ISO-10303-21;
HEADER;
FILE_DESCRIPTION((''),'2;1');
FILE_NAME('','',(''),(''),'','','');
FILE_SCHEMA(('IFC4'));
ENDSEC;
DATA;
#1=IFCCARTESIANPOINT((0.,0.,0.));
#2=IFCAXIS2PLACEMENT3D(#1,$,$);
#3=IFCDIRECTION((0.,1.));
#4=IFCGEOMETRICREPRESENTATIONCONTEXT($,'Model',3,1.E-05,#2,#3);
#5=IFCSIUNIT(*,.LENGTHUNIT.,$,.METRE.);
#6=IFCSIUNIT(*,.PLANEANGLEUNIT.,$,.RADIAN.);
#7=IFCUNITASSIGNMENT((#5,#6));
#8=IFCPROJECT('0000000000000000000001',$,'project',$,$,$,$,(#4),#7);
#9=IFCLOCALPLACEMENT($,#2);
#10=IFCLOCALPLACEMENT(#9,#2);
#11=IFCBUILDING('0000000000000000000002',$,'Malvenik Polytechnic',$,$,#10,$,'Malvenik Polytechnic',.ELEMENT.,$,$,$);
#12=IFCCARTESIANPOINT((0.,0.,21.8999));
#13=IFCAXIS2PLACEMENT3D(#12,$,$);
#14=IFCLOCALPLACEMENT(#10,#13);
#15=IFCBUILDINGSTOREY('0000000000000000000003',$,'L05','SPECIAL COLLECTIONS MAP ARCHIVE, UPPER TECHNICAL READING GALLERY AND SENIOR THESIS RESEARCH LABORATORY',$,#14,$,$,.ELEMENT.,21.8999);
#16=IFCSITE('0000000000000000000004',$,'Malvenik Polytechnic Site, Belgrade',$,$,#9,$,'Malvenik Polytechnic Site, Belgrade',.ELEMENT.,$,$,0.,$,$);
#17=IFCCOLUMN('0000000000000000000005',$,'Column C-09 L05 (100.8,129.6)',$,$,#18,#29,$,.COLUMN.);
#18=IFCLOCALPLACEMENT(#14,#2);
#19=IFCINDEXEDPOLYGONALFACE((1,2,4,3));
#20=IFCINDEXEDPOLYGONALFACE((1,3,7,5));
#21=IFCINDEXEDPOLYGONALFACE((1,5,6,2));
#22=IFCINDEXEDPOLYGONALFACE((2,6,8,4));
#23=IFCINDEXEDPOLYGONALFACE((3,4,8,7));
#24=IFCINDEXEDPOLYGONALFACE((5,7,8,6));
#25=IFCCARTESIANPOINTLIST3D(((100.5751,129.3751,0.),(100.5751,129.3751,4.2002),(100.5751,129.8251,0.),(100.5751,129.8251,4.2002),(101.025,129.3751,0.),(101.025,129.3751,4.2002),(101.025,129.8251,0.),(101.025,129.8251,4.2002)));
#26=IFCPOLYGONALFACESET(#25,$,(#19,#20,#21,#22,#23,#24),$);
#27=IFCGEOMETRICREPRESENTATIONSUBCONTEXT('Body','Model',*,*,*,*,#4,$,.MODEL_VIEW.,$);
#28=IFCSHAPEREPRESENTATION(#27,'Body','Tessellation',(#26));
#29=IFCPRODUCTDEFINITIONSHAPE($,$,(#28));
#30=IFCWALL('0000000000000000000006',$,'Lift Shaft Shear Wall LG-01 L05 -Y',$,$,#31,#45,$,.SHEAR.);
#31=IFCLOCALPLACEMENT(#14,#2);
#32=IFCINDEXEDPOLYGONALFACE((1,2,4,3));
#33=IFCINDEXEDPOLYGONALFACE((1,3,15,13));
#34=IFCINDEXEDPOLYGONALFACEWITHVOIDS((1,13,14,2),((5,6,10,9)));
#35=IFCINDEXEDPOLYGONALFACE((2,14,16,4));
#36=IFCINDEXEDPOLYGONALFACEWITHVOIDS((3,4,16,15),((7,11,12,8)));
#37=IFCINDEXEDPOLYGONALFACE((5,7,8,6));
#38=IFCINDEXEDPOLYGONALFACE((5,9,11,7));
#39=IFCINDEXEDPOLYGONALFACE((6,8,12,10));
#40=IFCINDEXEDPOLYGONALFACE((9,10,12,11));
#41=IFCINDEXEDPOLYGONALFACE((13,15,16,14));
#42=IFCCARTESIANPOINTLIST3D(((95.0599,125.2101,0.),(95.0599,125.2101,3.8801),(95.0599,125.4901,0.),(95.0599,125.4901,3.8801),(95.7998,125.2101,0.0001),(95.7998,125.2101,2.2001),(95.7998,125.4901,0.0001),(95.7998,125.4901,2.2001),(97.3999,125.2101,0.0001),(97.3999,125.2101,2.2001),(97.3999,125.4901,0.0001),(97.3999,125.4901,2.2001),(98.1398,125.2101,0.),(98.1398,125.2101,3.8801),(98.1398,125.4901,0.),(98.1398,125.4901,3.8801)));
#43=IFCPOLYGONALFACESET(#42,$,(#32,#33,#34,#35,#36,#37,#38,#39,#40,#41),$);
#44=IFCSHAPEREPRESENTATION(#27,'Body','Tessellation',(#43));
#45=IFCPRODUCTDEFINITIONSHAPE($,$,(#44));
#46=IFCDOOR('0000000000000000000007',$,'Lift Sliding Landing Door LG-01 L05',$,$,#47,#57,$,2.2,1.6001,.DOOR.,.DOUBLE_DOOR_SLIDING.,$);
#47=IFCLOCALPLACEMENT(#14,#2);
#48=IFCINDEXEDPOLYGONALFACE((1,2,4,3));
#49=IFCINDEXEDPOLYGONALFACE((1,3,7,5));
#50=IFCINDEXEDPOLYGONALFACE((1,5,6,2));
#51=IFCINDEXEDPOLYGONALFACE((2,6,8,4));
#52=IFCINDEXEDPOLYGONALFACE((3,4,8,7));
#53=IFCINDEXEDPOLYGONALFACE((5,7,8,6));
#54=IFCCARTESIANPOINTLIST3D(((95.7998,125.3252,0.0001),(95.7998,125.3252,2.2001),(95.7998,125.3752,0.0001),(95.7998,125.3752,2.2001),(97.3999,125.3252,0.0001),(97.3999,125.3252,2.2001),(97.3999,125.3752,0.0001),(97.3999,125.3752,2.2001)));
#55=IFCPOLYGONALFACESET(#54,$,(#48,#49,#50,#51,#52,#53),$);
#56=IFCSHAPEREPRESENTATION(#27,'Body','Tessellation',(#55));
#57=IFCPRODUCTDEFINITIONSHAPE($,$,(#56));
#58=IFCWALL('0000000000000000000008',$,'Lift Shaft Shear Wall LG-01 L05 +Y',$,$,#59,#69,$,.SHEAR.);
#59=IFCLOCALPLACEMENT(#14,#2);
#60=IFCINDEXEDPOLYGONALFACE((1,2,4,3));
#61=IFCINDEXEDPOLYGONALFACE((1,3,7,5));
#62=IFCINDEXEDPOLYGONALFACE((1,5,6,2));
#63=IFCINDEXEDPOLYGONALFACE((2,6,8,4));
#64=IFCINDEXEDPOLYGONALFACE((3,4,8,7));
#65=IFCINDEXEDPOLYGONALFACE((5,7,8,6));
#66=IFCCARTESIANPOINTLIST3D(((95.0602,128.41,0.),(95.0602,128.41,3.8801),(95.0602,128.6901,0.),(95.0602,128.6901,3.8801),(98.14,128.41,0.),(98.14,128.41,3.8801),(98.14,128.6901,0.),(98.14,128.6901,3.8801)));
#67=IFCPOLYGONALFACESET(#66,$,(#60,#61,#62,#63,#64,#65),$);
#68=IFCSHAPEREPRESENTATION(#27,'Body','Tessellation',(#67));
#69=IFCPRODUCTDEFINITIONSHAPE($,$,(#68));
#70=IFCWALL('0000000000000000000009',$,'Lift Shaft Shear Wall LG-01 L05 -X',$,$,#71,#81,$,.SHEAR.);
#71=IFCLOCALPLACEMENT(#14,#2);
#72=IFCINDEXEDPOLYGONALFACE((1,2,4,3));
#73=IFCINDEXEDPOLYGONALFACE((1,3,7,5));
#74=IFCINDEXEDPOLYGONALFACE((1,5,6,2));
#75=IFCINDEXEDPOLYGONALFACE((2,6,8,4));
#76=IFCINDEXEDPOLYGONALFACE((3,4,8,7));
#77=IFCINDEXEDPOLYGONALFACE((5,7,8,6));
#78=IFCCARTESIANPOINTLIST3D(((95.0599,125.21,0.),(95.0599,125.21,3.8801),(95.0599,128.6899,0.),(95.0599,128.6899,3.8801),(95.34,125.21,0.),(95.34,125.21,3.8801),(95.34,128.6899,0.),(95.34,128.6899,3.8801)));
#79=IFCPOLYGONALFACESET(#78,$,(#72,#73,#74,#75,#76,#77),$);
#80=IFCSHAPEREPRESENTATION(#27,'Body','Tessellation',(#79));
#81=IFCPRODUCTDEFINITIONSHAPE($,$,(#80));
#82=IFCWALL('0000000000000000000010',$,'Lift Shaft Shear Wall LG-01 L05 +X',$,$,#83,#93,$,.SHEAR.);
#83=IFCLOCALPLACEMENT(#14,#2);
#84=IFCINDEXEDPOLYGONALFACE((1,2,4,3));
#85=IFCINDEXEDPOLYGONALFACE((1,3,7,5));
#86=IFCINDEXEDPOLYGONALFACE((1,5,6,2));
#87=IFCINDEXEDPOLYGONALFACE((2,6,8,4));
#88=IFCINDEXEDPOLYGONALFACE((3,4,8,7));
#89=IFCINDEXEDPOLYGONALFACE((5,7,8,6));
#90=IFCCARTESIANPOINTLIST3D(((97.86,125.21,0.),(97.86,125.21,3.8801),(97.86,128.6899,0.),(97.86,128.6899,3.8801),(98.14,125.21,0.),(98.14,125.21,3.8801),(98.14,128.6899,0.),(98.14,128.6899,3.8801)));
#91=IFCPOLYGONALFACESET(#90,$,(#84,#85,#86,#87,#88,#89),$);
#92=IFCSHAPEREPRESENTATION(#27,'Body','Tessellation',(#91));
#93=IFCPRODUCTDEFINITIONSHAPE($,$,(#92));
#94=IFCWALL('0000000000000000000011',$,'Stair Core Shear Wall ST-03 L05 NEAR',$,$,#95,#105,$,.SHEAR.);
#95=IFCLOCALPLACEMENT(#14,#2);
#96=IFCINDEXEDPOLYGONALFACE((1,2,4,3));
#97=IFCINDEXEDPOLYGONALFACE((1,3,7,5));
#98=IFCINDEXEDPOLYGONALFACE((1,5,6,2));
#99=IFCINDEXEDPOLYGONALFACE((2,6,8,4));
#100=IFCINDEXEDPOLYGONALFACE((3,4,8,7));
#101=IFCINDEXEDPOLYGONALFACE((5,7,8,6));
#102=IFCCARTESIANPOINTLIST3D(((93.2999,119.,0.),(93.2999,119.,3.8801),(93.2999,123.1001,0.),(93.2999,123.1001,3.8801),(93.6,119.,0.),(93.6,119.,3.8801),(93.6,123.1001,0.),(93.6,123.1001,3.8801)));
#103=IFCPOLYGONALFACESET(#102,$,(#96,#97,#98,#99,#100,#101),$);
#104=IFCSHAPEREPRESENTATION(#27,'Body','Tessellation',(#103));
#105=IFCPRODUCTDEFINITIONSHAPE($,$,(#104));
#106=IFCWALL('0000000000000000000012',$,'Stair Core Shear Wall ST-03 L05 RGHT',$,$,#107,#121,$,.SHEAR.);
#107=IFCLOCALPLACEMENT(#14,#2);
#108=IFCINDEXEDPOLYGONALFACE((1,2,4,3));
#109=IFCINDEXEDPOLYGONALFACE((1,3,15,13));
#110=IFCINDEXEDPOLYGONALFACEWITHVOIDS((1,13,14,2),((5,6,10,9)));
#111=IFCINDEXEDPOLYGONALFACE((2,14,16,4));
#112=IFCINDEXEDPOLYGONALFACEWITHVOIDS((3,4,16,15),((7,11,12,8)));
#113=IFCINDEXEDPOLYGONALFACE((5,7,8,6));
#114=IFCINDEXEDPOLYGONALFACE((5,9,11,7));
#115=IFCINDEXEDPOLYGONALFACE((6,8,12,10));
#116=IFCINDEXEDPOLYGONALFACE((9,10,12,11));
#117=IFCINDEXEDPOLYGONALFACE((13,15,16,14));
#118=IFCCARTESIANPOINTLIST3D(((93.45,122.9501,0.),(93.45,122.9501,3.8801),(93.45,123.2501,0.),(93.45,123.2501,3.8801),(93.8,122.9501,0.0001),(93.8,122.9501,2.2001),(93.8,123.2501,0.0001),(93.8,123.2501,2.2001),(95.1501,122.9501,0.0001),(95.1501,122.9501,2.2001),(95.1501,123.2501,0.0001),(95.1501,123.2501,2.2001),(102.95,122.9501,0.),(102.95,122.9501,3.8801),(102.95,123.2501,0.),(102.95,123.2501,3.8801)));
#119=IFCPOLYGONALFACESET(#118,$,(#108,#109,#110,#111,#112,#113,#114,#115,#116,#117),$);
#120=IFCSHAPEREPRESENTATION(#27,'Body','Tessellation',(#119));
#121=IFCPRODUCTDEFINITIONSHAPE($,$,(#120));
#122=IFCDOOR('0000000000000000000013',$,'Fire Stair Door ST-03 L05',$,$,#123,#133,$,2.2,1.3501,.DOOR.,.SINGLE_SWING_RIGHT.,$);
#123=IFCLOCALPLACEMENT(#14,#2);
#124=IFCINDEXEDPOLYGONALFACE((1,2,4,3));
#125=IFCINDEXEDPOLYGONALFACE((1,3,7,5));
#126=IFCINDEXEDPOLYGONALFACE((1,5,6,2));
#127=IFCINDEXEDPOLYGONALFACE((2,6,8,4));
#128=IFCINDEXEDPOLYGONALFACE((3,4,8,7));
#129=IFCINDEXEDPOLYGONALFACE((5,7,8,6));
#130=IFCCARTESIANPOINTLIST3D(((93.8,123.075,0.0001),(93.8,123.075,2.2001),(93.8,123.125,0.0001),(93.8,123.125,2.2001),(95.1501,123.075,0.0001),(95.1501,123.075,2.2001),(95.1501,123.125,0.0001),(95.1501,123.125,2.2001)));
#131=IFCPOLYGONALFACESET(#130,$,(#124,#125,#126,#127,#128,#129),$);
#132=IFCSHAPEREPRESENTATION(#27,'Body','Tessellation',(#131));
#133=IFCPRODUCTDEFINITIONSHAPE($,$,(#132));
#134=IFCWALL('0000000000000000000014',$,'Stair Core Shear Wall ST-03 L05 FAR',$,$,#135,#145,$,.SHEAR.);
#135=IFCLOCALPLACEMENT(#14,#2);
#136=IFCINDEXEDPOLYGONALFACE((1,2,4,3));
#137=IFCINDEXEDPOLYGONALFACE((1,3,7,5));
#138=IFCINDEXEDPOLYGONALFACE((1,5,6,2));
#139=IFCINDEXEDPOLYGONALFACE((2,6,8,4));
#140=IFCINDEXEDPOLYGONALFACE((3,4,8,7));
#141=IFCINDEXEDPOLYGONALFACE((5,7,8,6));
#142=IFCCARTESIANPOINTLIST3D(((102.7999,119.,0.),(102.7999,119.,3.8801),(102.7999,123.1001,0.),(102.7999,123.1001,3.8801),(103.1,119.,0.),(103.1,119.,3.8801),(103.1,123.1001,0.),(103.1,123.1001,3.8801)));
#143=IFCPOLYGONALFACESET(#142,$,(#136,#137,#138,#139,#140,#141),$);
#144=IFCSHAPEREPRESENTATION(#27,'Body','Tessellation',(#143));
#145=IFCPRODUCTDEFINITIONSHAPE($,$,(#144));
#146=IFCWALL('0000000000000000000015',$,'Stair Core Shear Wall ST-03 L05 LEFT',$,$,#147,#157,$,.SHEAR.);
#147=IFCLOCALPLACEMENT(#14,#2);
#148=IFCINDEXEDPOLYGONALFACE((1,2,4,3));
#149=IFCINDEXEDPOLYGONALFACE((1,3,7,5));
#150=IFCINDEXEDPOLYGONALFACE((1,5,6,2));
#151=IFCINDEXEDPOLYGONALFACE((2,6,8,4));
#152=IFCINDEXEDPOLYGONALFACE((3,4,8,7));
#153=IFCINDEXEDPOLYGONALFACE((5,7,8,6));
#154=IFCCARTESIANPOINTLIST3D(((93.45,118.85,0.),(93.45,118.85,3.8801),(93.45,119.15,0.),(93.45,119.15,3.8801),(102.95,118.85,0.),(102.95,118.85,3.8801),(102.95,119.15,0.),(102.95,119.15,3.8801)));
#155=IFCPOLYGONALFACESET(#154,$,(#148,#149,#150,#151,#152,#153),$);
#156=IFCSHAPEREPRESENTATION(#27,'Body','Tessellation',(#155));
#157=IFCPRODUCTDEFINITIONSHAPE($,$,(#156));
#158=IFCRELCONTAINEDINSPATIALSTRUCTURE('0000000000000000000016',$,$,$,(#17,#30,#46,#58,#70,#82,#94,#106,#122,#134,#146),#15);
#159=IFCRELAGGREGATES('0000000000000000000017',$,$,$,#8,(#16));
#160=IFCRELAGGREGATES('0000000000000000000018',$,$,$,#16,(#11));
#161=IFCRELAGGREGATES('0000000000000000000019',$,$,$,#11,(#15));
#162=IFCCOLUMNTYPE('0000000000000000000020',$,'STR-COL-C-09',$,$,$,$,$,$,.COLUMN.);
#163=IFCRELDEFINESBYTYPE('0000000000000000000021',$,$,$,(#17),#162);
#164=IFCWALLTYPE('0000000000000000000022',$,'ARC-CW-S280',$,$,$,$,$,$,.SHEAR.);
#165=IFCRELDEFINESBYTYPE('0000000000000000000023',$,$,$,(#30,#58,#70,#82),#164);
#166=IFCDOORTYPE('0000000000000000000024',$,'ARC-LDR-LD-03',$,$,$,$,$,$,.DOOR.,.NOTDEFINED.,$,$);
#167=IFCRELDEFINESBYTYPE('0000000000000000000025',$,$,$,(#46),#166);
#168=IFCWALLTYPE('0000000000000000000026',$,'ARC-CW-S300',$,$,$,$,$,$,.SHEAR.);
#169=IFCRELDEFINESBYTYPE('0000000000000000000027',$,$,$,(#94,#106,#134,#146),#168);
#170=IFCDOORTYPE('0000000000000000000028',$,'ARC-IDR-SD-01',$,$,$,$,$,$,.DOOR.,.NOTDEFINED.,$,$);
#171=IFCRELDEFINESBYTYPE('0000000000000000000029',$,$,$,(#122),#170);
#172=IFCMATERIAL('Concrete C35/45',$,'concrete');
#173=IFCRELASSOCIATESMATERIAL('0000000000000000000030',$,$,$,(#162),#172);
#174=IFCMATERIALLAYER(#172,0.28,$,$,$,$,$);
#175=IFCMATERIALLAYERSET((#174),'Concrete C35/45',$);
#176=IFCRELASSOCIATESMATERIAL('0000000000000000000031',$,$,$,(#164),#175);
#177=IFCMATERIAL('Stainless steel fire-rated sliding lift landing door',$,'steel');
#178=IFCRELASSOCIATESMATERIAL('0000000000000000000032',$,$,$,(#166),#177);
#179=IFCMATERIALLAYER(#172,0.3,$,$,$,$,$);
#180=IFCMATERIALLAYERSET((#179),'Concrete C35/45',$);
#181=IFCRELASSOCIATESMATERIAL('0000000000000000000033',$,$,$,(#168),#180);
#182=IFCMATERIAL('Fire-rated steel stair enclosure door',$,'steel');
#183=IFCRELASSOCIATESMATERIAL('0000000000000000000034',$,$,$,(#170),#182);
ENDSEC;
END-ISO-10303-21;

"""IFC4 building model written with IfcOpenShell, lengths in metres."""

from ifc_helpers import new_model, si_unit, direction, frame, frame_2d, origin, origin_2d, place, context, subcontext, project, spatial, rectangle, extrude, material, layer, layer_set, material_profile, profile_set, type_object, element, fill, save


model = new_model("IFC4")

# Units and contexts
model_context = context("Model", 3, precision=1e-05, world=origin(), true_north=direction((0.0, 1.0)))
body_context = subcontext(model_context, "Body", "Model", "MODEL_VIEW")
ifc_project = project(units=[si_unit("LENGTHUNIT", "METRE"), si_unit("PLANEANGLEUNIT", "RADIAN")], contexts=[model_context])

# Site, building, storey
site_placement = place(None, origin())
site = spatial("IfcSite", under=ifc_project, at=site_placement, Name="Malvenik Polytechnic Site, Belgrade", LongName="Malvenik Polytechnic Site, Belgrade", CompositionType="ELEMENT", RefElevation=0.0)
building_placement = place(site_placement, origin())
building = spatial("IfcBuilding", under=site, at=building_placement, Name="Malvenik Polytechnic", LongName="Malvenik Polytechnic", CompositionType="ELEMENT")
storey_placement = place(building_placement, frame((0.0, 0.0, 21.8999)))
storey = spatial("IfcBuildingStorey", under=building, at=storey_placement, Name="L05", Description="SPECIAL COLLECTIONS MAP ARCHIVE, UPPER TECHNICAL READING GALLERY AND SENIOR THESIS RESEARCH LABORATORY", CompositionType="ELEMENT", Elevation=21.8999)

# Column
ifc_material_1 = material(Name="Concrete C35/45", Category="concrete")
ifc_material_profile = material_profile(ifc_material_1, rectangle(XDim=0.45, YDim=0.45, at=origin_2d()), Name="RC COL 450x450")
ifc_profile_set = profile_set([ifc_material_profile], Name="Concrete C35/45")
column_type = type_object("IfcColumnType", Name="STR-COL-C-09", PredefinedType="COLUMN", material=ifc_profile_set)
column_placement = place(storey_placement, frame((100.8, 129.6001, 0.0), z_axis=(0.0, 0.0, 1.0), x_axis=(1.0, 0.0, 0.0)))
element("IfcColumn", 1, at=column_placement, inside=storey, type_object=column_type, Name="Column C-09 L05 (100.8,129.6)", PredefinedType="COLUMN", context=body_context, shape_type="SweptSolid", body=[
    extrude(rectangle(XDim=0.45, YDim=0.45, at=origin_2d()), origin(), (0.0, 0.0, 1.0), 4.2002),
])

# Wall, opening, door
ifc_layer_1 = layer(ifc_material_1, 0.28)
ifc_layer_set_1 = layer_set([ifc_layer_1], Name="Concrete C35/45")
wall_type_1 = type_object("IfcWallType", Name="ARC-CW-S280", PredefinedType="SHEAR", material=ifc_layer_set_1)
wall_1_placement = place(storey_placement, frame((98.1399, 125.3501, 0.0), z_axis=(0.0, 0.0, 1.0), x_axis=(-1.0, 0.0, 0.0)))
wall_1 = element("IfcWall", 2, at=wall_1_placement, inside=storey, type_object=wall_type_1, Name="Lift Shaft Shear Wall LG-01 L05 -Y", PredefinedType="SHEAR", context=body_context, shape_type="SweptSolid", body=[
    extrude(rectangle(XDim=3.0798, YDim=0.28, at=frame_2d((1.54, 0.0))), origin(), (0.0, 0.0, 1.0), 3.8801),
])
opening_1_placement = place(wall_1_placement, frame((0.74, 0.0, 0.0)))
opening_1 = element("IfcOpeningElement", 3, at=opening_1_placement, cuts=wall_1, PredefinedType="OPENING", context=body_context, shape_type="SweptSolid", body=[
    extrude(rectangle(XDim=1.6001, YDim=2.2, at=frame_2d((0.8, 1.1001))), frame((0.0, 0.1499, 0.0), z_axis=(0.0, -1.0, 0.0), x_axis=(1.0, 0.0, 0.0)), (0.0, 0.0, 1.0), 0.3),
])
ifc_material_2 = material(Name="Stainless steel fire-rated sliding lift landing door", Category="steel")
door_type_1 = type_object("IfcDoorType", Name="ARC-LDR-LD-03", OperationType="NOTDEFINED", PredefinedType="DOOR", material=ifc_material_2)
door_1_placement = place(opening_1_placement, origin())
door_1 = element("IfcDoor", 4, at=door_1_placement, inside=storey, type_object=door_type_1, Name="Lift Sliding Landing Door LG-01 L05", OperationType="DOUBLE_DOOR_SLIDING", OverallHeight=2.2, OverallWidth=1.6001, PredefinedType="DOOR", context=body_context, shape_type="SweptSolid", body=[
    extrude(rectangle(XDim=1.6001, YDim=2.2, at=frame_2d((0.8, 1.1001))), frame((0.0, 0.0249, 0.0), z_axis=(0.0, -1.0, 0.0), x_axis=(1.0, 0.0, 0.0)), (0.0, 0.0, 1.0), 0.05),
])
fill(opening_1, door_1)

# Walls
wall_2_placement = place(storey_placement, frame((95.0601, 128.55, 0.0), z_axis=(0.0, 0.0, 1.0), x_axis=(1.0, 0.0, 0.0)))
element("IfcWall", 5, at=wall_2_placement, inside=storey, type_object=wall_type_1, Name="Lift Shaft Shear Wall LG-01 L05 +Y", PredefinedType="SHEAR", context=body_context, shape_type="SweptSolid", body=[
    extrude(rectangle(XDim=3.0798, YDim=0.28, at=frame_2d((1.54, 0.0))), origin(), (0.0, 0.0, 1.0), 3.8801),
])
for number, where, z_axis, x_axis, name in (
    (6, (95.2, 125.21, 0.0), (0.0, 0.0, 1.0), (0.0, 1.0, 0.0), "Lift Shaft Shear Wall LG-01 L05 -X"),
    (7, (98.0, 128.6899, 0.0), (0.0, 0.0, 1.0), (0.0, -1.0, 0.0), "Lift Shaft Shear Wall LG-01 L05 +X"),
):
    element("IfcWall", number, at=place(storey_placement, frame(where, z_axis=z_axis, x_axis=x_axis)), inside=storey, type_object=wall_type_1, Name=name, PredefinedType="SHEAR", context=body_context, shape_type="SweptSolid", body=[
        extrude(rectangle(XDim=3.48, YDim=0.28, at=frame_2d((1.74, 0.0))), origin(), (0.0, 0.0, 1.0), 3.8801),
    ])
ifc_layer_2 = layer(ifc_material_1, 0.3)
ifc_layer_set_2 = layer_set([ifc_layer_2], Name="Concrete C35/45")
wall_type_2 = type_object("IfcWallType", Name="ARC-CW-S300", PredefinedType="SHEAR", material=ifc_layer_set_2)
wall_3_placement = place(storey_placement, frame((93.45, 119.0, 0.0), z_axis=(0.0, 0.0, 1.0), x_axis=(0.0, 1.0, 0.0)))
element("IfcWall", 8, at=wall_3_placement, inside=storey, type_object=wall_type_2, Name="Stair Core Shear Wall ST-03 L05 NEAR", PredefinedType="SHEAR", context=body_context, shape_type="SweptSolid", body=[
    extrude(rectangle(XDim=4.1001, YDim=0.3, at=frame_2d((2.05, 0.0))), origin(), (0.0, 0.0, 1.0), 3.8801),
])

# Wall, opening, door
wall_4_placement = place(storey_placement, frame((93.45, 123.1001, 0.0), z_axis=(0.0, 0.0, 1.0), x_axis=(1.0, 0.0, 0.0)))
wall_4 = element("IfcWall", 9, at=wall_4_placement, inside=storey, type_object=wall_type_2, Name="Stair Core Shear Wall ST-03 L05 RGHT", PredefinedType="SHEAR", context=body_context, shape_type="SweptSolid", body=[
    extrude(rectangle(XDim=9.5, YDim=0.3, at=frame_2d((4.75, 0.0))), origin(), (0.0, 0.0, 1.0), 3.8801),
])
opening_2_placement = place(wall_4_placement, frame((0.3501, 0.0, 0.0)))
opening_2 = element("IfcOpeningElement", 10, at=opening_2_placement, cuts=wall_4, PredefinedType="OPENING", context=body_context, shape_type="SweptSolid", body=[
    extrude(rectangle(XDim=1.3501, YDim=2.2, at=frame_2d((0.675, 1.1001))), frame((0.0, 0.1602, 0.0), z_axis=(0.0, -1.0, 0.0), x_axis=(1.0, 0.0, 0.0)), (0.0, 0.0, 1.0), 0.3201),
])
ifc_material_3 = material(Name="Fire-rated steel stair enclosure door", Category="steel")
door_type_2 = type_object("IfcDoorType", Name="ARC-IDR-SD-01", OperationType="NOTDEFINED", PredefinedType="DOOR", material=ifc_material_3)
door_2_placement = place(opening_2_placement, origin())
door_2 = element("IfcDoor", 11, at=door_2_placement, inside=storey, type_object=door_type_2, Name="Fire Stair Door ST-03 L05", OperationType="SINGLE_SWING_RIGHT", OverallHeight=2.2, OverallWidth=1.3501, PredefinedType="DOOR", context=body_context, shape_type="SweptSolid", body=[
    extrude(rectangle(XDim=1.3501, YDim=2.2, at=frame_2d((0.675, 1.1001))), frame((0.0, 0.0249, 0.0), z_axis=(0.0, -1.0, 0.0), x_axis=(1.0, 0.0, 0.0)), (0.0, 0.0, 1.0), 0.05),
])
fill(opening_2, door_2)

# Walls
wall_5_placement = place(storey_placement, frame((102.95, 123.1001, 0.0), z_axis=(0.0, 0.0, 1.0), x_axis=(0.0, -1.0, 0.0)))
element("IfcWall", 12, at=wall_5_placement, inside=storey, type_object=wall_type_2, Name="Stair Core Shear Wall ST-03 L05 FAR", PredefinedType="SHEAR", context=body_context, shape_type="SweptSolid", body=[
    extrude(rectangle(XDim=4.1001, YDim=0.3, at=frame_2d((2.05, 0.0))), origin(), (0.0, 0.0, 1.0), 3.8801),
])
wall_6_placement = place(storey_placement, frame((102.95, 119.0, 0.0), z_axis=(0.0, 0.0, 1.0), x_axis=(-1.0, 0.0, 0.0)))
element("IfcWall", 13, at=wall_6_placement, inside=storey, type_object=wall_type_2, Name="Stair Core Shear Wall ST-03 L05 LEFT", PredefinedType="SHEAR", context=body_context, shape_type="SweptSolid", body=[
    extrude(rectangle(XDim=9.5, YDim=0.3, at=frame_2d((4.75, 0.0))), origin(), (0.0, 0.0, 1.0), 3.8801),
])

save(model, "model.ifc")
